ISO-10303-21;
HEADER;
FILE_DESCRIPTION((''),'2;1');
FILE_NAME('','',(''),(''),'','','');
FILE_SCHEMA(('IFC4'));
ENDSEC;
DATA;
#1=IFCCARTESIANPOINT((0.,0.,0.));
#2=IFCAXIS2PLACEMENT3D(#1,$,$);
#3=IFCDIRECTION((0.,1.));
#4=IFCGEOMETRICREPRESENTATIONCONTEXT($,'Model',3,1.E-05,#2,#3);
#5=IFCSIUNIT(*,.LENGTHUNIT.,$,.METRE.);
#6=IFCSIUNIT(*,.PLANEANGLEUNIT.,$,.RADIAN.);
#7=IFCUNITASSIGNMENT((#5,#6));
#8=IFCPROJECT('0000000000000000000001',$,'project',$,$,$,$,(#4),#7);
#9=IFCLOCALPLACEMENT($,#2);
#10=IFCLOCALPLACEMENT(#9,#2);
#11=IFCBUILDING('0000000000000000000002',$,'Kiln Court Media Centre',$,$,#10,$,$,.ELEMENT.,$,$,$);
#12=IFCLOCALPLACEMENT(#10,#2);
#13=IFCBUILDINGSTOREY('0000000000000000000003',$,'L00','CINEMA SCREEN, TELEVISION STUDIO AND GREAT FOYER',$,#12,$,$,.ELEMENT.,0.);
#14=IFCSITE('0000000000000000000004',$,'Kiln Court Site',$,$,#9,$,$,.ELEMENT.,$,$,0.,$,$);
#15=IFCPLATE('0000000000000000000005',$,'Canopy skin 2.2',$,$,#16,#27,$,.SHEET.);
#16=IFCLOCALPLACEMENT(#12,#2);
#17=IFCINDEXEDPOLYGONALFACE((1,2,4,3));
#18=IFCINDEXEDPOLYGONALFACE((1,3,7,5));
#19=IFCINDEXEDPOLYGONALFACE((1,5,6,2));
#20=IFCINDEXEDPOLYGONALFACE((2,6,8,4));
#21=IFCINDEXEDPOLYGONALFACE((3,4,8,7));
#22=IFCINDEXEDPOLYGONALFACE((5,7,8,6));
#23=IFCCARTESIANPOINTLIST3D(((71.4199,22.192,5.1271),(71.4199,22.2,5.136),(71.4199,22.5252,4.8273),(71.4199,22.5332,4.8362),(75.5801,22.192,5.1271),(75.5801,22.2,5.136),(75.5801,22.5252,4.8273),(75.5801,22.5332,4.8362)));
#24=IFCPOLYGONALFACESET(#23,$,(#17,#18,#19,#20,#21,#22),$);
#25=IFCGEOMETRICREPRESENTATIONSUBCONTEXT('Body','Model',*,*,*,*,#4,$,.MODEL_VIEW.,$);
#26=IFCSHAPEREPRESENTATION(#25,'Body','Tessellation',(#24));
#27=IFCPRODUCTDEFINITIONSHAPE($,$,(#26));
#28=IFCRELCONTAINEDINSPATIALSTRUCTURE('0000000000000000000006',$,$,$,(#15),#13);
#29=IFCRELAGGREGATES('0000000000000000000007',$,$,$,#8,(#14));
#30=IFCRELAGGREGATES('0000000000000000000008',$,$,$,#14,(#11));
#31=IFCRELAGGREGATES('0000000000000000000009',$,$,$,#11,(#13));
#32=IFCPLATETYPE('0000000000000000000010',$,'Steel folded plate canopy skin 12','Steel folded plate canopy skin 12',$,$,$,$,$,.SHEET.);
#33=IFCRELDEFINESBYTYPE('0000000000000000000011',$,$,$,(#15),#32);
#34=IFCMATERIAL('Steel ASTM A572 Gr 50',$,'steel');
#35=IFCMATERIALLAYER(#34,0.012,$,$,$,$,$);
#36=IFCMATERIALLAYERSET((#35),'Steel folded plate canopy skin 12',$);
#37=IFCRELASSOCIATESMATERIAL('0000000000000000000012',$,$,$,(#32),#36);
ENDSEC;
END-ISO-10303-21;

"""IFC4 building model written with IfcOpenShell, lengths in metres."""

from ifc_helpers import new_model, si_unit, direction, frame, origin, place, context, subcontext, project, spatial, polyline, outline, extrude, material, layer, layer_set, type_object, element, save


model = new_model("IFC4")

# Units and contexts
model_context = context("Model", 3, precision=1e-05, world=origin(), true_north=direction((0.0, 1.0)))
body_context = subcontext(model_context, "Body", "Model", "MODEL_VIEW")
ifc_project = project(units=[si_unit("LENGTHUNIT", "METRE"), si_unit("PLANEANGLEUNIT", "RADIAN")], contexts=[model_context])

# Site, building, storey
site_placement = place(None, origin())
site = spatial("IfcSite", under=ifc_project, at=site_placement, Name="Kiln Court Site", CompositionType="ELEMENT", RefElevation=0.0)
building_placement = place(site_placement, origin())
building = spatial("IfcBuilding", under=site, at=building_placement, Name="Kiln Court Media Centre", CompositionType="ELEMENT")
storey_placement = place(building_placement, origin())
storey = spatial("IfcBuildingStorey", under=building, at=storey_placement, Name="L00", Description="CINEMA SCREEN, TELEVISION STUDIO AND GREAT FOYER", CompositionType="ELEMENT", Elevation=0.0)

# Plate
ifc_material_1 = material(Name="Steel ASTM A572 Gr 50", Category="steel")
ifc_layer_1 = layer(ifc_material_1, 0.012)
ifc_layer_set_1 = layer_set([ifc_layer_1], Name="Steel folded plate canopy skin 12")
plate_type_1 = type_object("IfcPlateType", Name="Steel folded plate canopy skin 12", Description="Steel folded plate canopy skin 12", PredefinedType="SHEET", material=ifc_layer_set_1)
for number, where, z_axis, x_axis, name in (
    (1, (71.4199, 22.2, 5.136), (0.0, 0.668814, 0.74343), (1.0, 0.0, 0.0), "Canopy skin 2.2"),
):
    element("IfcPlate", number, at=place(storey_placement, frame(where, z_axis=z_axis, x_axis=x_axis)), inside=storey, type_object=plate_type_1, Name=name, PredefinedType="SHEET", context=body_context, shape_type="SweptSolid", body=[
        extrude(outline(polyline([(0.0, 0.0), (4.1602, 0.0), (4.1602, 0.4483), (0.0, 0.4483), (0.0, 0.0)])), origin(), (0.0, 0.0, -1.0), 0.012),
    ])

save(model, "model.ifc")
